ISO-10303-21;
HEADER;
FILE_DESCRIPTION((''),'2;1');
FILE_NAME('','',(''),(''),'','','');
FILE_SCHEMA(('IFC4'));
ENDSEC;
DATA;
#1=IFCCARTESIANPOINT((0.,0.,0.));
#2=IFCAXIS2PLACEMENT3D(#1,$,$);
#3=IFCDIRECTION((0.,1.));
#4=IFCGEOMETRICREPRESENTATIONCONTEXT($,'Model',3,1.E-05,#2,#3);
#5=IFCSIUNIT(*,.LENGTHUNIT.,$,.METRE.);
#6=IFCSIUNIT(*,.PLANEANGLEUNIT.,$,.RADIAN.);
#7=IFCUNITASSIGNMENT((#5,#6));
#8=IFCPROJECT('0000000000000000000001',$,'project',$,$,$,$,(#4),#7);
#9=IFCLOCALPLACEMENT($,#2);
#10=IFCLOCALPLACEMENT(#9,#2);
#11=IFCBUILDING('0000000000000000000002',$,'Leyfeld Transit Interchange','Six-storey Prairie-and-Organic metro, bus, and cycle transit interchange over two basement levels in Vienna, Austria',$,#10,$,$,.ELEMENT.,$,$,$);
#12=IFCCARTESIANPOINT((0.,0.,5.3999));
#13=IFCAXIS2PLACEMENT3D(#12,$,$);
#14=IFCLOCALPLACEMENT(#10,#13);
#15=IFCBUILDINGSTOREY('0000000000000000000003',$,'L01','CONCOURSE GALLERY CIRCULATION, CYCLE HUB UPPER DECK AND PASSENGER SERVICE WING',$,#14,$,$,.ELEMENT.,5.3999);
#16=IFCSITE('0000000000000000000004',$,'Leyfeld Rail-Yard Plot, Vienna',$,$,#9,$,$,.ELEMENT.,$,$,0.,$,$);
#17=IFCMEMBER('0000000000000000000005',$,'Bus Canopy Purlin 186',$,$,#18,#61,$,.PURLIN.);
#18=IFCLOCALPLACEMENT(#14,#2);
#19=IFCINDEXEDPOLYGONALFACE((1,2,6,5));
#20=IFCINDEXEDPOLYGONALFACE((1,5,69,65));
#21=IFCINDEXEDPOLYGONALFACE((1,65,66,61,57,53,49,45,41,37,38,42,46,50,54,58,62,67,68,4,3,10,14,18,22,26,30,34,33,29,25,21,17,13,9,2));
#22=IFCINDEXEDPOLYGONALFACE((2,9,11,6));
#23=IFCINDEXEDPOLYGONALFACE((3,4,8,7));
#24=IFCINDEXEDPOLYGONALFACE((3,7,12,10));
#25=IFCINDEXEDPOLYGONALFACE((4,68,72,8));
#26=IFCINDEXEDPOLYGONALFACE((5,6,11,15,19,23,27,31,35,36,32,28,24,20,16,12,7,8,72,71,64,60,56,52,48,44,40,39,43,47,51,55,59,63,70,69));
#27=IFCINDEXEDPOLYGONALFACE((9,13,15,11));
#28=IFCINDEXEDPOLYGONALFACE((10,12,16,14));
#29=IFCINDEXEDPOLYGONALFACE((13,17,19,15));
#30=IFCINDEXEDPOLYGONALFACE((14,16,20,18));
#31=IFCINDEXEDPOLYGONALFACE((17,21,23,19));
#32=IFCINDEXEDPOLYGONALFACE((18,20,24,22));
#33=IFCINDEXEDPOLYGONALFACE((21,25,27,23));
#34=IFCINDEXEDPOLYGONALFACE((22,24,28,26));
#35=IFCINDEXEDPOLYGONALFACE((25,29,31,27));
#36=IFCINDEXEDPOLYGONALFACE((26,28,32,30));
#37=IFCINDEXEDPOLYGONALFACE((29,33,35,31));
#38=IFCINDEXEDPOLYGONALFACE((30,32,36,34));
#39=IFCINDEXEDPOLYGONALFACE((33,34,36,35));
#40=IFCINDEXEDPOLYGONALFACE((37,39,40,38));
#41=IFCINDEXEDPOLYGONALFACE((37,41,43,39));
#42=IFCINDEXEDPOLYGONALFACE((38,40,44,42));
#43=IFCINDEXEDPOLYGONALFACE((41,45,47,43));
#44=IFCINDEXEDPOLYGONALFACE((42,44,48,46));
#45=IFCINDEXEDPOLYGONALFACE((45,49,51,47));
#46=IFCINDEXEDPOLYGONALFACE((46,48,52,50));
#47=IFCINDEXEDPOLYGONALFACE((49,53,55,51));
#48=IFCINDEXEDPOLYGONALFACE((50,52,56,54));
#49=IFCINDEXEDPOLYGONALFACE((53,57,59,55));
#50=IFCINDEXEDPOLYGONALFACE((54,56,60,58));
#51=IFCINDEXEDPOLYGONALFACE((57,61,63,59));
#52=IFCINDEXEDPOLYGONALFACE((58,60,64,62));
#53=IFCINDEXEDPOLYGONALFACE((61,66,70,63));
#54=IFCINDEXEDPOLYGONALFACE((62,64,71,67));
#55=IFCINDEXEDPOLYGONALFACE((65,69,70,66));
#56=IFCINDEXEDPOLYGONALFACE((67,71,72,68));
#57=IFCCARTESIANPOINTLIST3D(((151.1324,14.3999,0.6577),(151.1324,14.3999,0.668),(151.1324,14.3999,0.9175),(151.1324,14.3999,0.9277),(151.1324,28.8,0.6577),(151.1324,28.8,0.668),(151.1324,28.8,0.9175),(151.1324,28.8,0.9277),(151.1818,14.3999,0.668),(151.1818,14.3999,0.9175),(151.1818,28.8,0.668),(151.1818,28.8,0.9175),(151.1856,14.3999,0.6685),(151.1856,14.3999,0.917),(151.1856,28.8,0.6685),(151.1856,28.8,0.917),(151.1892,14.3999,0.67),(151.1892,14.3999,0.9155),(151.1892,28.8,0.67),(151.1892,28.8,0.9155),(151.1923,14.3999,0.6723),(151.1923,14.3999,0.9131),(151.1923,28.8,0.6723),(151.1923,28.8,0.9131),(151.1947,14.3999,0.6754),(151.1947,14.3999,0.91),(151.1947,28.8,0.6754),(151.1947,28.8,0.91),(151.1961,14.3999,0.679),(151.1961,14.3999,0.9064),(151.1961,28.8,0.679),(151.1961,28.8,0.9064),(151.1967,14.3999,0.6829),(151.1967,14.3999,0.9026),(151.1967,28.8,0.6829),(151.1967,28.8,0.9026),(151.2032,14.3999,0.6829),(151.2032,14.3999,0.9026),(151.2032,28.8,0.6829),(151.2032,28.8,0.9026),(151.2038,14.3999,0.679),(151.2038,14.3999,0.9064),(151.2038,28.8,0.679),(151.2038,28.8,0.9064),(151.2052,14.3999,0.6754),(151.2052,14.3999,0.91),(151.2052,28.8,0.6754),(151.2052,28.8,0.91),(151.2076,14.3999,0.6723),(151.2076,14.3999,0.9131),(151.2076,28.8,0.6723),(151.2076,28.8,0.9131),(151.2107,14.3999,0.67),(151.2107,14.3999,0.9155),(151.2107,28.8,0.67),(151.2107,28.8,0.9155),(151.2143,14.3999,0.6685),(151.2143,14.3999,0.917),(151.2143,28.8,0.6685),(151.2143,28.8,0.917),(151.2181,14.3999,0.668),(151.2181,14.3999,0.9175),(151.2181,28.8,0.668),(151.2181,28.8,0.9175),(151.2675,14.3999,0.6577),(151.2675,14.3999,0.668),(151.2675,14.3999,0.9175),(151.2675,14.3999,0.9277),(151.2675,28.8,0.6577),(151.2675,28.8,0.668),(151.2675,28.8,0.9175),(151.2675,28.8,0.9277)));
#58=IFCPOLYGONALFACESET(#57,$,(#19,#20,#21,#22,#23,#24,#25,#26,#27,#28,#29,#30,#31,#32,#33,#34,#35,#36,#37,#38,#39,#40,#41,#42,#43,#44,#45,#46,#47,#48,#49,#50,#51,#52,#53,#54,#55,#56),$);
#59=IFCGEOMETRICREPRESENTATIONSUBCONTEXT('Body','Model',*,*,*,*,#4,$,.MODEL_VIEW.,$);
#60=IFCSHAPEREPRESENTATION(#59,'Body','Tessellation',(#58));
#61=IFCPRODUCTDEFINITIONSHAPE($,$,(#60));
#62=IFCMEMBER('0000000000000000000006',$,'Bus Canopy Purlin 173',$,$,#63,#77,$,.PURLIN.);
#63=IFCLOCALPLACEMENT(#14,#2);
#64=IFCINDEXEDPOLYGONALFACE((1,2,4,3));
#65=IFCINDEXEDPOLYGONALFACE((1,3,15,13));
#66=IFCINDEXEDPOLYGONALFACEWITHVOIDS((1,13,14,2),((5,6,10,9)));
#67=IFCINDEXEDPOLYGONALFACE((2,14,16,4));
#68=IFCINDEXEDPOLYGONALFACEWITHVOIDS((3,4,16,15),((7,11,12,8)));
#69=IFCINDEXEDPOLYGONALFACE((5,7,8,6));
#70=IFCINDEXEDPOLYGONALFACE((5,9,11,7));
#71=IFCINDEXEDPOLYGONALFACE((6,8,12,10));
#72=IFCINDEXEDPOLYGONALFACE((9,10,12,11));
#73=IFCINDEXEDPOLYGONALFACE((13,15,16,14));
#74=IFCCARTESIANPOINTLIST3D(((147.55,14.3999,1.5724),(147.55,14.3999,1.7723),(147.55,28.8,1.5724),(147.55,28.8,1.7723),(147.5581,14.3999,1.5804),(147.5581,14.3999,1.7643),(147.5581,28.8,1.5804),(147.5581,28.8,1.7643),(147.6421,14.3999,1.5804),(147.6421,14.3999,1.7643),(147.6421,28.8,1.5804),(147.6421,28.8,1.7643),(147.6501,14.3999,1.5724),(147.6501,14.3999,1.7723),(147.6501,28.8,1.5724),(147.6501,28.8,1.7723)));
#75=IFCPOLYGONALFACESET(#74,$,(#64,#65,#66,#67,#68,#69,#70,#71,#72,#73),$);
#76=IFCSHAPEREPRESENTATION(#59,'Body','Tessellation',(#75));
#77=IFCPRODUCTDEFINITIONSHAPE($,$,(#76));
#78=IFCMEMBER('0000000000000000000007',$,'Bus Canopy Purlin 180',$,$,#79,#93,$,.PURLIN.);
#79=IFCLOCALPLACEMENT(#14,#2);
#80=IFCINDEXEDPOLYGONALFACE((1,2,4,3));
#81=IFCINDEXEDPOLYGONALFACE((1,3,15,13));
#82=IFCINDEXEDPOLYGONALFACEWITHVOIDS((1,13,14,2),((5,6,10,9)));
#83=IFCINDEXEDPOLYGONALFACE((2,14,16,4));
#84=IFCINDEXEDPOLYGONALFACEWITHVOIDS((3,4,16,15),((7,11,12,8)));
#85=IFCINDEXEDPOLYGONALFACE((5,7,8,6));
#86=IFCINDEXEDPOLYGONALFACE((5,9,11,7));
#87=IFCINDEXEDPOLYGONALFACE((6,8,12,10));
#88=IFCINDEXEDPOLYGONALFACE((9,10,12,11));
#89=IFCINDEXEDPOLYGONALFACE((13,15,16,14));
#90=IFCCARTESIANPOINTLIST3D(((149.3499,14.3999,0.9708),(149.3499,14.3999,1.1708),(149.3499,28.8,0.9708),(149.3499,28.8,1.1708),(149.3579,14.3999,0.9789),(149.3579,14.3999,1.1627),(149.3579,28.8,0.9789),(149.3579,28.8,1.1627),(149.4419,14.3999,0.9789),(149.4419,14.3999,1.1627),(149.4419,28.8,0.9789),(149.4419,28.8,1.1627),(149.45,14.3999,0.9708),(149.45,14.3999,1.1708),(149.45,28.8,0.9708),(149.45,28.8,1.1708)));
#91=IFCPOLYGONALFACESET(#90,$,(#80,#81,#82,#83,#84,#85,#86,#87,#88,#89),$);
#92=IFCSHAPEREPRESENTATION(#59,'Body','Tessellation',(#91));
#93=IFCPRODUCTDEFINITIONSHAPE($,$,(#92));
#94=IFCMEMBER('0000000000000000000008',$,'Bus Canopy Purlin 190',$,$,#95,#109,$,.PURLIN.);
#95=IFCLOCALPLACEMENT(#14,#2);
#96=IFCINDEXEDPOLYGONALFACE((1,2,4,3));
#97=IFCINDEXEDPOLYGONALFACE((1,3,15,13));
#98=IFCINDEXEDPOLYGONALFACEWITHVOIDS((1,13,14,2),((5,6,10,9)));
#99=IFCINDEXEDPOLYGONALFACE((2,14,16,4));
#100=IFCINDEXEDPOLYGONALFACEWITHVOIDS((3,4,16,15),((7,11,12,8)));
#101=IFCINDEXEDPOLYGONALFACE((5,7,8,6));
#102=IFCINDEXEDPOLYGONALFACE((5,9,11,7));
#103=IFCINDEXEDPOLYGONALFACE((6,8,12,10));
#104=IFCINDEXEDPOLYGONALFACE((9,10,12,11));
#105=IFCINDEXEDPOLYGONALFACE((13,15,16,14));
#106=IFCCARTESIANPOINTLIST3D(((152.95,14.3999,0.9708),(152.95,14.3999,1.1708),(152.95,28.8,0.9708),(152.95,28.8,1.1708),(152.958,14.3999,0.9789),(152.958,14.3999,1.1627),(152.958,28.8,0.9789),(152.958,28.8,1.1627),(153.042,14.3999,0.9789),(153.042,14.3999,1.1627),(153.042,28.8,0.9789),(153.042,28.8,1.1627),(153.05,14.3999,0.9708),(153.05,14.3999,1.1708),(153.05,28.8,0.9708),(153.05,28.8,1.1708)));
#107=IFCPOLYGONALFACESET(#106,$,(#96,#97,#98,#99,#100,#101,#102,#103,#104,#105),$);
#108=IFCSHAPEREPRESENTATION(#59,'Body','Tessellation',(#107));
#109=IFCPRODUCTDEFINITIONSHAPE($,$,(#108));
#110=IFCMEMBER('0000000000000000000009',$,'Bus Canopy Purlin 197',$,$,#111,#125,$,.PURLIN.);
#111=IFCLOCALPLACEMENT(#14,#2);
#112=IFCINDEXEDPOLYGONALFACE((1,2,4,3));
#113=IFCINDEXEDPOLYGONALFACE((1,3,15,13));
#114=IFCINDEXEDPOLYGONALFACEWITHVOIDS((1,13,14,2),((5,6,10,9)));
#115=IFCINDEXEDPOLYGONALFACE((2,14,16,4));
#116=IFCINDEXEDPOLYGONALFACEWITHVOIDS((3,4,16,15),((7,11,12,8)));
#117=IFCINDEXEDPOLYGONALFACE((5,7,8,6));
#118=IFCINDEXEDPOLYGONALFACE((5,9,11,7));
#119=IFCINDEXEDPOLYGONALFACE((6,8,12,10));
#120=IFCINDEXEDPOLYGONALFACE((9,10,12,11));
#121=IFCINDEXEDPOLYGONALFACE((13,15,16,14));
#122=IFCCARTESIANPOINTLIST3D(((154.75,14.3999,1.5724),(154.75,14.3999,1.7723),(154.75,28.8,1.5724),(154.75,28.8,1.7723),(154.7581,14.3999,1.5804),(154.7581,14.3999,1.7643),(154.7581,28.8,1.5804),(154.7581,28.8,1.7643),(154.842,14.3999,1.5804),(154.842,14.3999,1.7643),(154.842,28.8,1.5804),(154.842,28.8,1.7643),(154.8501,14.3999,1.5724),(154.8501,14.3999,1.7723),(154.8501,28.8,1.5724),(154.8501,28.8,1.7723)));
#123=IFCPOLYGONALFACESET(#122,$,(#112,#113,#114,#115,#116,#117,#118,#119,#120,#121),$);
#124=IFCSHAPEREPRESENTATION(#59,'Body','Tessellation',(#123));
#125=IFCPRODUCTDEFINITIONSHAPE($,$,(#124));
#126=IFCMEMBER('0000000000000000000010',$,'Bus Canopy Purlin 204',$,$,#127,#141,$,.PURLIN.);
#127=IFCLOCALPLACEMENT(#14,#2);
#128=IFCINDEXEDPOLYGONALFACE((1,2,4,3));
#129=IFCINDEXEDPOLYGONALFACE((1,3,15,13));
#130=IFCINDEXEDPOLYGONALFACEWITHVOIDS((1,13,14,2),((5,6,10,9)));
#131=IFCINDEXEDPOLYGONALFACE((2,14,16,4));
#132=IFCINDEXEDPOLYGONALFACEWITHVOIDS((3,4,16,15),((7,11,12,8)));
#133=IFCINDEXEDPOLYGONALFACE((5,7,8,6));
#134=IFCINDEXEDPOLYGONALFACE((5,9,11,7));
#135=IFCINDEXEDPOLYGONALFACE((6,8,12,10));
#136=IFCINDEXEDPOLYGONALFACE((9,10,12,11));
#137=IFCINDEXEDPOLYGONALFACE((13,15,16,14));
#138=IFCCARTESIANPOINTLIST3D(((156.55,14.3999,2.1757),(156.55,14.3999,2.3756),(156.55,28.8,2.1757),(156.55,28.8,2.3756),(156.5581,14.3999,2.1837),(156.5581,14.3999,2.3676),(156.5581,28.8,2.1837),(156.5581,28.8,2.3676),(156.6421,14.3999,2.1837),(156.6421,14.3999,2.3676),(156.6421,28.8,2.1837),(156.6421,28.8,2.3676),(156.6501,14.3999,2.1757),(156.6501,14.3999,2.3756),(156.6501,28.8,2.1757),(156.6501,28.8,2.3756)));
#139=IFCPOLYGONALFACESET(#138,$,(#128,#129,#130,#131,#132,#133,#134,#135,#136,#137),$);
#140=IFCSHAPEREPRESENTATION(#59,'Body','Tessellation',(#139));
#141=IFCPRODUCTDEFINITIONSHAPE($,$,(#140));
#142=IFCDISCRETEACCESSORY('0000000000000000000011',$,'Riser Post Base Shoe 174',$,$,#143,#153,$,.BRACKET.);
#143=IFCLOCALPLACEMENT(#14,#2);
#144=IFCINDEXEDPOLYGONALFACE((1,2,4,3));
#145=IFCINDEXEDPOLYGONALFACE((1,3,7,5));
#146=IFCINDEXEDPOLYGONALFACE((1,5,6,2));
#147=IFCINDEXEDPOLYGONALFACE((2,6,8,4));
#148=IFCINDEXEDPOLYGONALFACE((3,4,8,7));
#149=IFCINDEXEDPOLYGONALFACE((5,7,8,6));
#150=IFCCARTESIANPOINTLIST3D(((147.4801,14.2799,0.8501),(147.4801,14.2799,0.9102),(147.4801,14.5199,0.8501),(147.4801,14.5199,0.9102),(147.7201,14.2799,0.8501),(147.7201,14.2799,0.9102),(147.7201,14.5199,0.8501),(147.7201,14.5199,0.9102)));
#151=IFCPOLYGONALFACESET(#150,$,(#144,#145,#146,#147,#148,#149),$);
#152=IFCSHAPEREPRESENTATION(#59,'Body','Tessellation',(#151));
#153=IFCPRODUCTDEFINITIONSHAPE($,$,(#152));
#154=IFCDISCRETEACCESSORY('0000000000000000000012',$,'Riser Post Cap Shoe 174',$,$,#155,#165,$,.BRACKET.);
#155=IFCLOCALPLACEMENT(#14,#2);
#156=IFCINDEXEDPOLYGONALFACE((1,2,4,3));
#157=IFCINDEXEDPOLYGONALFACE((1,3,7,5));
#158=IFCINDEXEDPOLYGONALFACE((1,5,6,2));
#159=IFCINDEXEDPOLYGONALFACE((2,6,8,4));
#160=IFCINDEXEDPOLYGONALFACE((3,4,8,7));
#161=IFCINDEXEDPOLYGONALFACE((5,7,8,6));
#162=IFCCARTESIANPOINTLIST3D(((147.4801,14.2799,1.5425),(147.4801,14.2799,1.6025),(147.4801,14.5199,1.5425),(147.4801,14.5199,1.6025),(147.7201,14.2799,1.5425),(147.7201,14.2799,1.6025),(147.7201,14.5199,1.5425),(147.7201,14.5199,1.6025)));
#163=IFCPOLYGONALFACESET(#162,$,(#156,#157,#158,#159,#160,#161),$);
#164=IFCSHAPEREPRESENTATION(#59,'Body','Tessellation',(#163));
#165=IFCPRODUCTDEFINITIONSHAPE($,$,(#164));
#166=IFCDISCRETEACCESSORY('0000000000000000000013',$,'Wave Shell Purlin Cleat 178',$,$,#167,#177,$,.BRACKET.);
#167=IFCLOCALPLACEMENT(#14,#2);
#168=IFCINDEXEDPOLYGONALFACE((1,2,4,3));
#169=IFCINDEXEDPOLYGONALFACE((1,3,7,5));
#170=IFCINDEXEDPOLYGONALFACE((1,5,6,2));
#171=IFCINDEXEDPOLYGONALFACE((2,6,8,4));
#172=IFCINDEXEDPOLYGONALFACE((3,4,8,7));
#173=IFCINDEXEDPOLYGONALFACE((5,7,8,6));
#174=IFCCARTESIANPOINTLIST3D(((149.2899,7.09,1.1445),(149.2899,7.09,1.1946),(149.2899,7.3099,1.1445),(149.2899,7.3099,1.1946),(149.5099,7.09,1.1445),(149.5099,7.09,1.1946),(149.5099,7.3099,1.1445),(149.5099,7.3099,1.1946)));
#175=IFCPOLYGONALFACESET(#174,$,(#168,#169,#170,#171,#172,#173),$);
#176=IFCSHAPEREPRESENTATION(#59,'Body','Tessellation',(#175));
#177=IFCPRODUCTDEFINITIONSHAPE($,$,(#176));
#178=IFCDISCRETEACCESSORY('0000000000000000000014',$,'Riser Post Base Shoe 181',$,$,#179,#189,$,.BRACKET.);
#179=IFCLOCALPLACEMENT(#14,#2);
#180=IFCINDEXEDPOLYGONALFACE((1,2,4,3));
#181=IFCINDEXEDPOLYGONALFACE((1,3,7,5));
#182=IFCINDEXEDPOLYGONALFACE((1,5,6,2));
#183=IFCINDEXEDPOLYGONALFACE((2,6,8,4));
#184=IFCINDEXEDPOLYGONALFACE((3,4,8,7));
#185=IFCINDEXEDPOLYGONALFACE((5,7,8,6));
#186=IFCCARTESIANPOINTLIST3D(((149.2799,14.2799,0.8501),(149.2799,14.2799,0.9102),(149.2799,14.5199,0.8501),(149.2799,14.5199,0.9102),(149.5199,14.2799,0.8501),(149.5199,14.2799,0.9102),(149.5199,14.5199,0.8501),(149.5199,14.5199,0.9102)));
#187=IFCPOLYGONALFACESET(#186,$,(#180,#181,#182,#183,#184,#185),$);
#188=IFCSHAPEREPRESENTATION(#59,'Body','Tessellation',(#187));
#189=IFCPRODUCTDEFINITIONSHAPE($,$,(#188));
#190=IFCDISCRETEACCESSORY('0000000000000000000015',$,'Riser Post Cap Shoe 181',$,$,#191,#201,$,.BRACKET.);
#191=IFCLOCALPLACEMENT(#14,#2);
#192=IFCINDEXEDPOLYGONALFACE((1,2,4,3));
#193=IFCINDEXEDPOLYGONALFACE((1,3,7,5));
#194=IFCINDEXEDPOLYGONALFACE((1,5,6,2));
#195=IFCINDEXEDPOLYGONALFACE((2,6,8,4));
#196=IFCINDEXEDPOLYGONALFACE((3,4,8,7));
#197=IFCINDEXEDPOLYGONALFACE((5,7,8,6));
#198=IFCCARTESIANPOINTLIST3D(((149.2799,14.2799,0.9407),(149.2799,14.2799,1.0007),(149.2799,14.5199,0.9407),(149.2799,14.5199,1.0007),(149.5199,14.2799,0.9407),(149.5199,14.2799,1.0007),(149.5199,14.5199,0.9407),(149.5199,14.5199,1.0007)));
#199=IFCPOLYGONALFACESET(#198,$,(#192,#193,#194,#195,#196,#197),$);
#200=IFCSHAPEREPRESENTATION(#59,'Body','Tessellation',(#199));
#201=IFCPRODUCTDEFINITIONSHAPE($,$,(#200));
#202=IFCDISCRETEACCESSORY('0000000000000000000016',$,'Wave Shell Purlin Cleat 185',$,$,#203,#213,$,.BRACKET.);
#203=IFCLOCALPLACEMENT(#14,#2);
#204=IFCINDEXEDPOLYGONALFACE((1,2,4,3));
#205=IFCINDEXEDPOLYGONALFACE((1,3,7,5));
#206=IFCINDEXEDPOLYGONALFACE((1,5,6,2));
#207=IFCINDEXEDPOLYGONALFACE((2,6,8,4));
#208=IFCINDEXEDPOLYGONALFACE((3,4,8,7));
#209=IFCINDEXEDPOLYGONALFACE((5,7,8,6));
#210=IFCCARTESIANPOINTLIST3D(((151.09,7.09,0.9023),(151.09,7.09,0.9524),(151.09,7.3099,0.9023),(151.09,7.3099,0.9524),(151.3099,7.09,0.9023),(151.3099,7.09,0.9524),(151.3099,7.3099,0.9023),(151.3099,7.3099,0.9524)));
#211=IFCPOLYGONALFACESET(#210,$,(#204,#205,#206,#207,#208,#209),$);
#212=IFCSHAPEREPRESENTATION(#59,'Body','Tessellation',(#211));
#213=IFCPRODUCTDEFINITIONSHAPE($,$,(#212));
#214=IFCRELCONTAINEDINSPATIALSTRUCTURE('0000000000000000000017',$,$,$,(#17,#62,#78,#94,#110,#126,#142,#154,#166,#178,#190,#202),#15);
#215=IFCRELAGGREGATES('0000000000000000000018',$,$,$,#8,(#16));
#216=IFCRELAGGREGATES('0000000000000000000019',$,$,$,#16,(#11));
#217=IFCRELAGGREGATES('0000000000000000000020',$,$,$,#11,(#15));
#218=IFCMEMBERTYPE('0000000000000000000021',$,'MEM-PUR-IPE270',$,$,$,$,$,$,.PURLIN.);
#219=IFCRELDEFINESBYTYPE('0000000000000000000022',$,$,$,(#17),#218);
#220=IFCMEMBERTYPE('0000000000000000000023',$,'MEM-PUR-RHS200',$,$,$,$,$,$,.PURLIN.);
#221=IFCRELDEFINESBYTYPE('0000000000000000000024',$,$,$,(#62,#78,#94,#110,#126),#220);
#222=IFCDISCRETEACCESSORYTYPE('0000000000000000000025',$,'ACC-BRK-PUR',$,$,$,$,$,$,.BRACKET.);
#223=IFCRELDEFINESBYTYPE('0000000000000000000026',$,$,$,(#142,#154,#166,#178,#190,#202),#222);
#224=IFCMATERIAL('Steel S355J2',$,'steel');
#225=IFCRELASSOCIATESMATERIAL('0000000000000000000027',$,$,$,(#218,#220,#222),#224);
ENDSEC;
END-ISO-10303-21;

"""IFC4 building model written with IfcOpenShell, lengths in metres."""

from ifc_helpers import new_model, si_unit, direction, frame, origin, origin_2d, place, context, subcontext, project, spatial, rectangle, hollow_rectangle, i_section, extrude, material, material_profile, profile_set, type_object, element, save


model = new_model("IFC4")

# Units and contexts
model_context = context("Model", 3, precision=1e-05, world=origin(), true_north=direction((0.0, 1.0)))
body_context = subcontext(model_context, "Body", "Model", "MODEL_VIEW")
ifc_project = project(units=[si_unit("LENGTHUNIT", "METRE"), si_unit("PLANEANGLEUNIT", "RADIAN")], contexts=[model_context])

# Site, building, storey
site_placement = place(None, origin())
site = spatial("IfcSite", under=ifc_project, at=site_placement, Name="Leyfeld Rail-Yard Plot, Vienna", CompositionType="ELEMENT", RefElevation=0.0)
building_placement = place(site_placement, origin())
building = spatial("IfcBuilding", under=site, at=building_placement, Name="Leyfeld Transit Interchange", Description="Six-storey Prairie-and-Organic metro, bus, and cycle transit interchange over two basement levels in Vienna, Austria", CompositionType="ELEMENT")
storey_placement = place(building_placement, frame((0.0, 0.0, 5.3999)))
storey = spatial("IfcBuildingStorey", under=building, at=storey_placement, Name="L01", Description="CONCOURSE GALLERY CIRCULATION, CYCLE HUB UPPER DECK AND PASSENGER SERVICE WING", CompositionType="ELEMENT", Elevation=5.3999)

# Members
ifc_material = material(Name="Steel S355J2", Category="steel")
ifc_material_profile_1 = material_profile(ifc_material, i_section(OverallWidth=0.135, OverallDepth=0.27, WebThickness=0.0066, FlangeThickness=0.0103, FilletRadius=0.0149, at=origin_2d()), Name="IPE 270")
ifc_profile_set_1 = profile_set([ifc_material_profile_1], Name="Steel S355J2")
member_type_1 = type_object("IfcMemberType", Name="MEM-PUR-IPE270", PredefinedType="PURLIN", material=ifc_profile_set_1)
member_1_placement = place(storey_placement, frame((151.2, 14.3999, 0.7927), z_axis=(0.0, 1.0, 0.0), x_axis=(-1.0, 0.0, 0.0)))
element("IfcMember", 1, at=member_1_placement, inside=storey, type_object=member_type_1, Name="Bus Canopy Purlin 186", PredefinedType="PURLIN", context=body_context, shape_type="SweptSolid", body=[
    extrude(i_section(OverallWidth=0.135, OverallDepth=0.27, WebThickness=0.0066, FlangeThickness=0.0103, FilletRadius=0.0149, at=origin_2d()), origin(), (0.0, 0.0, 1.0), 14.4001),
])
ifc_material_profile_2 = material_profile(ifc_material, hollow_rectangle(XDim=0.1001, YDim=0.2, WallThickness=0.0081, at=origin_2d()), Name="RHS 200x100x8")
ifc_profile_set_2 = profile_set([ifc_material_profile_2], Name="Steel S355J2")
member_type_2 = type_object("IfcMemberType", Name="MEM-PUR-RHS200", PredefinedType="PURLIN", material=ifc_profile_set_2)
for number, where, z_axis, x_axis, name in (
    (2, (147.6001, 14.3999, 1.6724), (0.0, 1.0, 0.0), (-1.0, 0.0, 0.0), "Bus Canopy Purlin 173"),
    (3, (149.3999, 14.3999, 1.0708), (0.0, 1.0, 0.0), (-1.0, 0.0, 0.0), "Bus Canopy Purlin 180"),
    (4, (153.0, 14.3999, 1.0708), (0.0, 1.0, 0.0), (-1.0, 0.0, 0.0), "Bus Canopy Purlin 190"),
    (5, (154.8, 14.3999, 1.6724), (0.0, 1.0, 0.0), (-1.0, 0.0, 0.0), "Bus Canopy Purlin 197"),
    (6, (156.6001, 14.3999, 2.2756), (0.0, 1.0, 0.0), (-1.0, 0.0, 0.0), "Bus Canopy Purlin 204"),
):
    element("IfcMember", number, at=place(storey_placement, frame(where, z_axis=z_axis, x_axis=x_axis)), inside=storey, type_object=member_type_2, Name=name, PredefinedType="PURLIN", context=body_context, shape_type="SweptSolid", body=[
        extrude(hollow_rectangle(XDim=0.1001, YDim=0.2, WallThickness=0.0081, at=origin_2d()), origin(), (0.0, 0.0, 1.0), 14.4001),
    ])

# Discrete accessories
discrete_accessory_type = type_object("IfcDiscreteAccessoryType", Name="ACC-BRK-PUR", PredefinedType="BRACKET", material=ifc_material)
for number, where, z_axis, x_axis, name in (
    (7, (147.6001, 14.3999, 0.8501), (0.0, 0.0, 1.0), (1.0, 0.0, 0.0), "Riser Post Base Shoe 174"),
    (8, (147.6001, 14.3999, 1.5425), (0.0, 0.0, 1.0), (1.0, 0.0, 0.0), "Riser Post Cap Shoe 174"),
):
    element("IfcDiscreteAccessory", number, at=place(storey_placement, frame(where, z_axis=z_axis, x_axis=x_axis)), inside=storey, type_object=discrete_accessory_type, Name=name, PredefinedType="BRACKET", context=body_context, shape_type="SweptSolid", body=[
        extrude(rectangle(XDim=0.24, YDim=0.24, at=origin_2d()), origin(), (0.0, 0.0, 1.0), 0.0601),
    ])
discrete_accessory_1_placement = place(storey_placement, frame((149.3999, 7.2, 1.1445), z_axis=(0.0, 0.0, 1.0), x_axis=(1.0, 0.0, 0.0)))
element("IfcDiscreteAccessory", 9, at=discrete_accessory_1_placement, inside=storey, type_object=discrete_accessory_type, Name="Wave Shell Purlin Cleat 178", PredefinedType="BRACKET", context=body_context, shape_type="SweptSolid", body=[
    extrude(rectangle(XDim=0.22, YDim=0.22, at=origin_2d()), origin(), (0.0, 0.0, 1.0), 0.05),
])
for number, where, z_axis, x_axis, name in (
    (10, (149.3999, 14.3999, 0.8501), (0.0, 0.0, 1.0), (1.0, 0.0, 0.0), "Riser Post Base Shoe 181"),
    (11, (149.3999, 14.3999, 0.9407), (0.0, 0.0, 1.0), (1.0, 0.0, 0.0), "Riser Post Cap Shoe 181"),
):
    element("IfcDiscreteAccessory", number, at=place(storey_placement, frame(where, z_axis=z_axis, x_axis=x_axis)), inside=storey, type_object=discrete_accessory_type, Name=name, PredefinedType="BRACKET", context=body_context, shape_type="SweptSolid", body=[
        extrude(rectangle(XDim=0.24, YDim=0.24, at=origin_2d()), origin(), (0.0, 0.0, 1.0), 0.0601),
    ])
for number, where, z_axis, x_axis, name in (
    (12, (151.2, 7.2, 0.9023), (0.0, 0.0, 1.0), (1.0, 0.0, 0.0), "Wave Shell Purlin Cleat 185"),
):
    element("IfcDiscreteAccessory", number, at=place(storey_placement, frame(where, z_axis=z_axis, x_axis=x_axis)), inside=storey, type_object=discrete_accessory_type, Name=name, PredefinedType="BRACKET", context=body_context, shape_type="SweptSolid", body=[
        extrude(rectangle(XDim=0.22, YDim=0.22, at=origin_2d()), origin(), (0.0, 0.0, 1.0), 0.05),
    ])

save(model, "model.ifc")
